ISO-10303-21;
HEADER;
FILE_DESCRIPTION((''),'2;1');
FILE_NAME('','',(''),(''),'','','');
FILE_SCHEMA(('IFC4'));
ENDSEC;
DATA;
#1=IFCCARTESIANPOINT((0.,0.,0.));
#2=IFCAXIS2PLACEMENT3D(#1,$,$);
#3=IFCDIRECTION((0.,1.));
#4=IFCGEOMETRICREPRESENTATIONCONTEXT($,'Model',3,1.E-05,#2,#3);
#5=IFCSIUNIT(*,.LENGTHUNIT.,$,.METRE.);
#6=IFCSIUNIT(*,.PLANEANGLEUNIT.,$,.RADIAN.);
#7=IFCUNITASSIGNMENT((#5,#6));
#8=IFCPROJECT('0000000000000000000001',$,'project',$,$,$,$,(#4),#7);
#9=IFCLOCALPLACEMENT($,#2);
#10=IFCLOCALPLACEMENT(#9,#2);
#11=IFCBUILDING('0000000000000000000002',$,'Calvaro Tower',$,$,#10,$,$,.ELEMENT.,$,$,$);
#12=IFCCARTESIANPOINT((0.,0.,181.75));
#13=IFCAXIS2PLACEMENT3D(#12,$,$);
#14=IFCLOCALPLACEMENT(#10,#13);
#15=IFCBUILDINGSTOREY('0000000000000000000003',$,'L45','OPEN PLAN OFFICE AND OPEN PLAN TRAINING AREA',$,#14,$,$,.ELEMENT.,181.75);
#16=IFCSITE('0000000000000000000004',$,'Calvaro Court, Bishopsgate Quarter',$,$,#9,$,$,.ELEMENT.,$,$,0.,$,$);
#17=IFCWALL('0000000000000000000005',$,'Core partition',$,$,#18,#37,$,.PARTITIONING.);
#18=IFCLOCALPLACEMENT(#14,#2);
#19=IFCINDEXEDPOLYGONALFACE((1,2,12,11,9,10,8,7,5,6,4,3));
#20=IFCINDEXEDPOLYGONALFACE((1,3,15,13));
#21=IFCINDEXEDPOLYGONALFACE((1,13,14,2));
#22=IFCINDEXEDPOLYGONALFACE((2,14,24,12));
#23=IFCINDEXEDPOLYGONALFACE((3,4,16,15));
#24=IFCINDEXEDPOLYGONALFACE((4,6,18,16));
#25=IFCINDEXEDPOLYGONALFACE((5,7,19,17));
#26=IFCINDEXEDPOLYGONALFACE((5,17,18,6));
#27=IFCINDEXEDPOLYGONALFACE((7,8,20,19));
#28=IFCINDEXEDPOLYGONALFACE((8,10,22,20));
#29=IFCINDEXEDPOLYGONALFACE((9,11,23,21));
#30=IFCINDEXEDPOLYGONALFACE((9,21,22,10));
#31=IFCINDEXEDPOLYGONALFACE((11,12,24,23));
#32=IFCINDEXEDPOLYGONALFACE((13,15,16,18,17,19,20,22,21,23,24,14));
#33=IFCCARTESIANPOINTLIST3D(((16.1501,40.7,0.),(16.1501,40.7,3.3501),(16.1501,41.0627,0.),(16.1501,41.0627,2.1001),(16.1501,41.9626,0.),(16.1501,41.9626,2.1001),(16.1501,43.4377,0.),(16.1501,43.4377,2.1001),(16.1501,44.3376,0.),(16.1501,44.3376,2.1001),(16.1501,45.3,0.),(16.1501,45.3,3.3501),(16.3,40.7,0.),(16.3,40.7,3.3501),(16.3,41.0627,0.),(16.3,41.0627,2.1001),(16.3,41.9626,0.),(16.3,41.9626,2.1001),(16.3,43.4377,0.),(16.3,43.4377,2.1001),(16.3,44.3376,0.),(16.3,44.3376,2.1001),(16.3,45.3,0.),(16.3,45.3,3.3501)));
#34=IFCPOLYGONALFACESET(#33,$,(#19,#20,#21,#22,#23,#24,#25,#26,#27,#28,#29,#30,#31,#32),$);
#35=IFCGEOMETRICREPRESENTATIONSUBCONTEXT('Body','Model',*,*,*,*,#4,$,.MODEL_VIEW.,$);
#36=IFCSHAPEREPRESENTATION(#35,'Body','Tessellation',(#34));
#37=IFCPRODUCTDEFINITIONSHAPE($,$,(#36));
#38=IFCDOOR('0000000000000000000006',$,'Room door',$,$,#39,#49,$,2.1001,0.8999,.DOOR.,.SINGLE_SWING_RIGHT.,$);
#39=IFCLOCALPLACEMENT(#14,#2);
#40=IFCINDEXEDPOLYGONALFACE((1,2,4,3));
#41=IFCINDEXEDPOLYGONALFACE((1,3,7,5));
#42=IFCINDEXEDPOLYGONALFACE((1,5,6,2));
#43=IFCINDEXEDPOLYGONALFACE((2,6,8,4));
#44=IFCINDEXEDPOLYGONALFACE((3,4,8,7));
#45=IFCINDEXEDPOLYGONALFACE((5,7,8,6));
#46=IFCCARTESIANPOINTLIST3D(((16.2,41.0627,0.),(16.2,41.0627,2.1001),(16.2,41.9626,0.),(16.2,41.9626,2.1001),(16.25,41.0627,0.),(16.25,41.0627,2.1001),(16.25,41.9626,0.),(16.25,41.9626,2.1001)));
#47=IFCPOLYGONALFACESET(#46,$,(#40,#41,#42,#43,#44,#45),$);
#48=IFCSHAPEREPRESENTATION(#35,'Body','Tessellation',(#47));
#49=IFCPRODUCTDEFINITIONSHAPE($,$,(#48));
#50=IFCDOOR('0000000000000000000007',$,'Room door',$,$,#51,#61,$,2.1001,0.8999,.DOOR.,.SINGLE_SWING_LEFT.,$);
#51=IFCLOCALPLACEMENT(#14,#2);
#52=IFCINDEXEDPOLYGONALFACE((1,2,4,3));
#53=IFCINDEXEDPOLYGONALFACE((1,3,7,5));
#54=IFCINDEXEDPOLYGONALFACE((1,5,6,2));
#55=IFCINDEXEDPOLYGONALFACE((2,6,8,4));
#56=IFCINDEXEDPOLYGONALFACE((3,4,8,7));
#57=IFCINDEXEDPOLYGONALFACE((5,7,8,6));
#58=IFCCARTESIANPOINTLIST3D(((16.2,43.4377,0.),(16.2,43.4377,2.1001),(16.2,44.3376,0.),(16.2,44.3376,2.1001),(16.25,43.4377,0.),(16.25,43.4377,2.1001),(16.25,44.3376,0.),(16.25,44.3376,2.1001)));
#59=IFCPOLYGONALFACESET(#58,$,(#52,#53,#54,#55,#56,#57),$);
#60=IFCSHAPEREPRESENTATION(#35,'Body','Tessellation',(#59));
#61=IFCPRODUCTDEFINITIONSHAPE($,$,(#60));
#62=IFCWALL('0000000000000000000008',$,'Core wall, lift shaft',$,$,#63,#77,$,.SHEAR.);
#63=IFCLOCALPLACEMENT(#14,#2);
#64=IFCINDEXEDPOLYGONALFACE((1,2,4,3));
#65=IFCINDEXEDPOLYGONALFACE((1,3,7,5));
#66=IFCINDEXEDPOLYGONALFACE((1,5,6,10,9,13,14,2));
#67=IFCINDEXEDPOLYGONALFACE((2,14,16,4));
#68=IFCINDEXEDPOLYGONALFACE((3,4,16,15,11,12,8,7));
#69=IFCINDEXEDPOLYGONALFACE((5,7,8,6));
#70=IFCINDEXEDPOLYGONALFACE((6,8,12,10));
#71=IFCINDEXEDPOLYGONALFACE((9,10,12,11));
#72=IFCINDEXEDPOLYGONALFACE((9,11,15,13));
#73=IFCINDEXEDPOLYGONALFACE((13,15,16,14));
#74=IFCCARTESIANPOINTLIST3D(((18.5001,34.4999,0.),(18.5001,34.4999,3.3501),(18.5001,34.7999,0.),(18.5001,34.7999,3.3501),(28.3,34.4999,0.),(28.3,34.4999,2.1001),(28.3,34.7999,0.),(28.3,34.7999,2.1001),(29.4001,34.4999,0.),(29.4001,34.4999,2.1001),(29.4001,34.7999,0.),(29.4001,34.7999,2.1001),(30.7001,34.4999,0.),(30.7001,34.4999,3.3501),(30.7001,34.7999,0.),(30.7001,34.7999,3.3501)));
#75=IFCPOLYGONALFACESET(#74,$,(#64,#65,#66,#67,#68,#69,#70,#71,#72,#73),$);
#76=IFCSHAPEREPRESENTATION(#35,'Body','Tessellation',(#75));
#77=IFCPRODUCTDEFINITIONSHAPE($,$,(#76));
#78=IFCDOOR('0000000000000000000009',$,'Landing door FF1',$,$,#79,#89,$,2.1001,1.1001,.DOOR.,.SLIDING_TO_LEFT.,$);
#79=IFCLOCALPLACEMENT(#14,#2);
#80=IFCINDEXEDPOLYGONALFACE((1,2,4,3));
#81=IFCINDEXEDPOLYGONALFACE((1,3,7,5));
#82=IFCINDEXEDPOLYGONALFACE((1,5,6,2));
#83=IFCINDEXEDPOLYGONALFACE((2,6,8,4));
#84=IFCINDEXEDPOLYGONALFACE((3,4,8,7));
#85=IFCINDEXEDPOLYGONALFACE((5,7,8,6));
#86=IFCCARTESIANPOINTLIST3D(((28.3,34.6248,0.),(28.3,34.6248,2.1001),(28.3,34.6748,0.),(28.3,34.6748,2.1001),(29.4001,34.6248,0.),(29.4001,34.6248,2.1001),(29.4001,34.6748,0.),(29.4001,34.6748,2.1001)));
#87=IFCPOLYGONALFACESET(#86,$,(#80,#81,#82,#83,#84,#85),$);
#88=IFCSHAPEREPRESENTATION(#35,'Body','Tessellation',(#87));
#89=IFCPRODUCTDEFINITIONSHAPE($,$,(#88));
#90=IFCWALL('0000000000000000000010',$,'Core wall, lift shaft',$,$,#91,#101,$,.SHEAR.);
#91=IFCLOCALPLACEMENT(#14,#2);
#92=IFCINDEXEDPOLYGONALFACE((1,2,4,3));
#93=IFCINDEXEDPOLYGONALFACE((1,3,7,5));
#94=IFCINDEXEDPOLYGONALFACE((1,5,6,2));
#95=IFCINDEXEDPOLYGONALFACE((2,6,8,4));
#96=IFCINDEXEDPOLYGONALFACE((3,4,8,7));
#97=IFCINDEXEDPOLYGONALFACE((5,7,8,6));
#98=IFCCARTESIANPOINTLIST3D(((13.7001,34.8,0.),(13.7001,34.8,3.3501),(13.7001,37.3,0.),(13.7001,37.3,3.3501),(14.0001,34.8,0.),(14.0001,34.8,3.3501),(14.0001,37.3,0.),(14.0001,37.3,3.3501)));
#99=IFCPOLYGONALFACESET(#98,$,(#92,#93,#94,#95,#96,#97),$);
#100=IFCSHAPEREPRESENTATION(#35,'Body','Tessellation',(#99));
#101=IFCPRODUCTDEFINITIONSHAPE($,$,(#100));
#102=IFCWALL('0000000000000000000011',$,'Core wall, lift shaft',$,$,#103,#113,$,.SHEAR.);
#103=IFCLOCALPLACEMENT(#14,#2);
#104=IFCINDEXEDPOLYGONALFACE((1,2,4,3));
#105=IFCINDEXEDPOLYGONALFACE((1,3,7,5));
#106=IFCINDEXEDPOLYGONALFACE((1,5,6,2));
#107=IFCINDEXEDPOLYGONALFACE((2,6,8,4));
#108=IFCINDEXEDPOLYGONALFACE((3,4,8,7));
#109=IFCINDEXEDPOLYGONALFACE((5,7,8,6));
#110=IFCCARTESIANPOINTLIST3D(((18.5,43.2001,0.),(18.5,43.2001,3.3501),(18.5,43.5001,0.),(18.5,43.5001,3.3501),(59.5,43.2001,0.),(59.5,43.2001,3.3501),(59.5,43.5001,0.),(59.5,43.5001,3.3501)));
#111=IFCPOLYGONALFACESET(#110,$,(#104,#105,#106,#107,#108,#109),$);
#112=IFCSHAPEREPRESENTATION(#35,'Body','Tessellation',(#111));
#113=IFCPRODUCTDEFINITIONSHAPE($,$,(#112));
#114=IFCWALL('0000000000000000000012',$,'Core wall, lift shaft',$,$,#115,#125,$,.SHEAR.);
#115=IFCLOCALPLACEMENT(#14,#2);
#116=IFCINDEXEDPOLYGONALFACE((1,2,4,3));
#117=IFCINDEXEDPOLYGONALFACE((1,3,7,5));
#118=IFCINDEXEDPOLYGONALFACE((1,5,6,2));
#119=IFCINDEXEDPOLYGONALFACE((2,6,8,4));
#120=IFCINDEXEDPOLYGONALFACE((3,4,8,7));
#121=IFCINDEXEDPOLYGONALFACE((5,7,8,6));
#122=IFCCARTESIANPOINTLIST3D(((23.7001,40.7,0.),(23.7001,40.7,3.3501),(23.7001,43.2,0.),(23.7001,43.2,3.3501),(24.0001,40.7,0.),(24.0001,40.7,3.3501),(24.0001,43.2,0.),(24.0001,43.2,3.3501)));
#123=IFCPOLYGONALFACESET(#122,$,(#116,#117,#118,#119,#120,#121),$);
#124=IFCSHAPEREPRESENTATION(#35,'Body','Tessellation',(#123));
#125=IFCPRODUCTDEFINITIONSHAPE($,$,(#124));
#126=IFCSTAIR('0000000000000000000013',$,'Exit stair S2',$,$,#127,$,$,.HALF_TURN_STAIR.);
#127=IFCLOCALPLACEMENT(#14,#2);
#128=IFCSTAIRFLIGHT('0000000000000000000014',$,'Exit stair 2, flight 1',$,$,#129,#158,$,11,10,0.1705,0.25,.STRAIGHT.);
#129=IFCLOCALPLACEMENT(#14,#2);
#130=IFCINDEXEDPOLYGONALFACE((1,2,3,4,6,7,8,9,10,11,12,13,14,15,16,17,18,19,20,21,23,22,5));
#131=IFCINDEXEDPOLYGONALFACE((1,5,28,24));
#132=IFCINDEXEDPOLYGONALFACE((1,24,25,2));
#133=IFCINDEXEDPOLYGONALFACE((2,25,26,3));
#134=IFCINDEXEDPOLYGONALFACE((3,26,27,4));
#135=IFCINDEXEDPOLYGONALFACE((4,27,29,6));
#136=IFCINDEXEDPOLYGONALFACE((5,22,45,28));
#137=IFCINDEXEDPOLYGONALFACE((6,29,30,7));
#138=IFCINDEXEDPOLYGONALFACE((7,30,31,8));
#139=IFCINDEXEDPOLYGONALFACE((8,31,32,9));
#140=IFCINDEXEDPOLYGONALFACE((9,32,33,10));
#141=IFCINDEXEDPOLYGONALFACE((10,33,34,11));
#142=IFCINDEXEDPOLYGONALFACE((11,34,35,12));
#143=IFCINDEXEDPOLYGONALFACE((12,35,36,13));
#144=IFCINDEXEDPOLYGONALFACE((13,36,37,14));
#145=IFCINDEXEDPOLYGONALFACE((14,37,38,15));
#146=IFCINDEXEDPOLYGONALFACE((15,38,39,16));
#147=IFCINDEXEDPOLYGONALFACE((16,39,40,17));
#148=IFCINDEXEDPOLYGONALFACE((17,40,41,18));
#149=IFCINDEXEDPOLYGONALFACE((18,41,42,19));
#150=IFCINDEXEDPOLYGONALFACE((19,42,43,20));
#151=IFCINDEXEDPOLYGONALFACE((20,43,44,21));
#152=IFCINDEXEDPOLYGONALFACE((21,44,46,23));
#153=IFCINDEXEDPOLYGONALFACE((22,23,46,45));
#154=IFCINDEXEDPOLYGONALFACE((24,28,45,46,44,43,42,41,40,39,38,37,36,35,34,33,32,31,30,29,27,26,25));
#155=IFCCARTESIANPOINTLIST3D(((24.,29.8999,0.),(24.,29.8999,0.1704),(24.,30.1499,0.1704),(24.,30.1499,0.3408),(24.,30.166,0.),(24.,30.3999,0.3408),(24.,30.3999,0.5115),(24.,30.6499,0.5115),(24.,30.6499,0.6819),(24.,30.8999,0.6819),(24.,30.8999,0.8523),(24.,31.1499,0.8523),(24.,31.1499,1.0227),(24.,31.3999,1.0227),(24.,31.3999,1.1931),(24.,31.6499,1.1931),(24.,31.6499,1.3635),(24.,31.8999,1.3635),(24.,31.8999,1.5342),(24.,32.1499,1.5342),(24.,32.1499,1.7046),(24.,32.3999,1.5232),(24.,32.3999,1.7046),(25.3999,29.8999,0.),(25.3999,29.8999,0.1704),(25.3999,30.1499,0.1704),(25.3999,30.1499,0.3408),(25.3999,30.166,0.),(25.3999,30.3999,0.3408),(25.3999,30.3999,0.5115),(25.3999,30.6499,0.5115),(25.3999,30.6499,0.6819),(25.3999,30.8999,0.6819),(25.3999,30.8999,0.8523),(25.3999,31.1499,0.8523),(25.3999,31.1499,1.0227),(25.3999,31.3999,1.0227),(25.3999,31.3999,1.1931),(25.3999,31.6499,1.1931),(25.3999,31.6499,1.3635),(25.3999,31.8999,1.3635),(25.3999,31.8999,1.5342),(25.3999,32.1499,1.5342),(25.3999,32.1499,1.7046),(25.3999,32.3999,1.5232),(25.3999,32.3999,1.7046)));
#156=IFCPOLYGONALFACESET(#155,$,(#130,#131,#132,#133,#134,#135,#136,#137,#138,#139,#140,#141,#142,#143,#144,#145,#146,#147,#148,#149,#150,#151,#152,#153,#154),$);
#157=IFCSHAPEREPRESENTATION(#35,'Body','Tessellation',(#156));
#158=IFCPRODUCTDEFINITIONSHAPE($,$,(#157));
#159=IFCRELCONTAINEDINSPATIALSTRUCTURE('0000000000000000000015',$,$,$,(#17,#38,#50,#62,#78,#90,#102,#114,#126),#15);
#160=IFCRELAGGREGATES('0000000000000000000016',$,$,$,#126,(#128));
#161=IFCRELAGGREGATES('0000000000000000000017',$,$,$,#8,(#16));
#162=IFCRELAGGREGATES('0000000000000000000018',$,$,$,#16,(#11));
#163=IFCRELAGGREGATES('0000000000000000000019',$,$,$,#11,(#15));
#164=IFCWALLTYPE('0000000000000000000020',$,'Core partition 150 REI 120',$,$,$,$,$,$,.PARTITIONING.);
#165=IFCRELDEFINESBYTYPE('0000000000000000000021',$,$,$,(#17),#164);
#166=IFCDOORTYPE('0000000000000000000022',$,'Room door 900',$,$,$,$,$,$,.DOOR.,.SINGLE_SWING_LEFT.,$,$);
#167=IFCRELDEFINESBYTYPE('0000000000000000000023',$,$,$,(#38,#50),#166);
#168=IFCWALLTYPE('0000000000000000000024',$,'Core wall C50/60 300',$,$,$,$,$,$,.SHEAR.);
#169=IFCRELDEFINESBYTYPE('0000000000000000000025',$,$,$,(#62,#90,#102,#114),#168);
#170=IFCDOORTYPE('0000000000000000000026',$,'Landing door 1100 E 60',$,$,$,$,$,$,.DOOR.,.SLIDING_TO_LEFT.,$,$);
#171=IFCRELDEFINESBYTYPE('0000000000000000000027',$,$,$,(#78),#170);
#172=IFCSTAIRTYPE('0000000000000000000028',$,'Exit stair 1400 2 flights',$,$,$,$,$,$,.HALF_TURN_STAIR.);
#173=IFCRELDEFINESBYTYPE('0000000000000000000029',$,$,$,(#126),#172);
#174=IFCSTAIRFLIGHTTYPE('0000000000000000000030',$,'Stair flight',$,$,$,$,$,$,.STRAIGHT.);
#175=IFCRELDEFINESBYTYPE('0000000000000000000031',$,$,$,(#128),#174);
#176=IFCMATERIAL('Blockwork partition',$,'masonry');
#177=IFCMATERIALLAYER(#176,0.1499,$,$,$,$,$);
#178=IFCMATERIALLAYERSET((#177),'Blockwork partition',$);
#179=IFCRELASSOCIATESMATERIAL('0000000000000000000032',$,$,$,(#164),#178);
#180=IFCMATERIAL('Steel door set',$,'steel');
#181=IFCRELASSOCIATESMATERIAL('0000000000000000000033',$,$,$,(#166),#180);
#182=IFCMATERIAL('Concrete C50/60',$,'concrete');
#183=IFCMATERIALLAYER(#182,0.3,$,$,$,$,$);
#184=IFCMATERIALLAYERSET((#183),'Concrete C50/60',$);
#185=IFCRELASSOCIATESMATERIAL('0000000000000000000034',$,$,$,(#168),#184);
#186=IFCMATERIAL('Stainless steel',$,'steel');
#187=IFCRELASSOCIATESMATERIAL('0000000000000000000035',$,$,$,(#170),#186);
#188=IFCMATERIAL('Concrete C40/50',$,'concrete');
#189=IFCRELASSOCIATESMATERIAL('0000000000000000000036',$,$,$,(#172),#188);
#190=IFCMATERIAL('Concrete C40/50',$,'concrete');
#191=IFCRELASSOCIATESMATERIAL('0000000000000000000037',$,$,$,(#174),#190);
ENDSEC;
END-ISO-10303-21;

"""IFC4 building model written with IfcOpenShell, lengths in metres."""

from ifc_helpers import new_model, si_unit, direction, frame, frame_2d, origin, place, context, subcontext, project, spatial, polyline, rectangle, outline, extrude, material, layer, layer_set, type_object, element, fill, aggregate, save


model = new_model("IFC4")

# Units and contexts
model_context = context("Model", 3, precision=1e-05, world=origin(), true_north=direction((0.0, 1.0)))
body_context = subcontext(model_context, "Body", "Model", "MODEL_VIEW")
ifc_project = project(units=[si_unit("LENGTHUNIT", "METRE"), si_unit("PLANEANGLEUNIT", "RADIAN")], contexts=[model_context])

# Site, building, storey
site_placement = place(None, origin())
site = spatial("IfcSite", under=ifc_project, at=site_placement, Name="Calvaro Court, Bishopsgate Quarter", CompositionType="ELEMENT", RefElevation=0.0)
building_placement = place(site_placement, origin())
building = spatial("IfcBuilding", under=site, at=building_placement, Name="Calvaro Tower", CompositionType="ELEMENT")
storey_placement = place(building_placement, frame((0.0, 0.0, 181.75)))
storey = spatial("IfcBuildingStorey", under=building, at=storey_placement, Name="L45", Description="OPEN PLAN OFFICE AND OPEN PLAN TRAINING AREA", CompositionType="ELEMENT", Elevation=181.75)

# Wall, openings, doors
ifc_material_1 = material(Name="Blockwork partition", Category="masonry")
ifc_layer_1 = layer(ifc_material_1, 0.1499)
ifc_layer_set_1 = layer_set([ifc_layer_1], Name="Blockwork partition")
wall_type_1 = type_object("IfcWallType", Name="Core partition 150 REI 120", PredefinedType="PARTITIONING", material=ifc_layer_set_1)
wall_1_placement = place(storey_placement, frame((16.2251, 45.3, 0.0), z_axis=(0.0, 0.0, 1.0), x_axis=(0.0, -1.0, 0.0)))
wall_1 = element("IfcWall", 1, at=wall_1_placement, inside=storey, type_object=wall_type_1, Name="Core partition", PredefinedType="PARTITIONING", context=body_context, shape_type="SweptSolid", body=[
    extrude(rectangle(XDim=4.6001, YDim=0.1499, at=frame_2d((2.3, 0.0))), origin(), (0.0, 0.0, 1.0), 3.3501),
])
opening_1_placement = place(wall_1_placement, frame((3.3374, 0.0, 0.0)))
opening_1 = element("IfcOpeningElement", 2, at=opening_1_placement, cuts=wall_1, PredefinedType="OPENING", context=body_context, shape_type="SweptSolid", body=[
    extrude(rectangle(XDim=0.8999, YDim=2.1001, at=frame_2d((0.45, 1.05))), frame((0.0, 0.085, 0.0), z_axis=(0.0, -1.0, 0.0), x_axis=(1.0, 0.0, 0.0)), (0.0, 0.0, 1.0), 0.1699),
])
opening_2_placement = place(wall_1_placement, frame((0.9624, 0.0, 0.0)))
opening_2 = element("IfcOpeningElement", 3, at=opening_2_placement, cuts=wall_1, PredefinedType="OPENING", context=body_context, shape_type="SweptSolid", body=[
    extrude(rectangle(XDim=0.8999, YDim=2.1001, at=frame_2d((0.45, 1.05))), frame((0.0, 0.085, 0.0), z_axis=(0.0, -1.0, 0.0), x_axis=(1.0, 0.0, 0.0)), (0.0, 0.0, 1.0), 0.1699),
])
ifc_material_2 = material(Name="Steel door set", Category="steel")
door_type_1 = type_object("IfcDoorType", Name="Room door 900", OperationType="SINGLE_SWING_LEFT", PredefinedType="DOOR", material=ifc_material_2)
door_1_placement = place(opening_1_placement, origin())
door_1 = element("IfcDoor", 4, at=door_1_placement, inside=storey, type_object=door_type_1, Name="Room door", OperationType="SINGLE_SWING_RIGHT", OverallHeight=2.1001, OverallWidth=0.8999, PredefinedType="DOOR", context=body_context, shape_type="SweptSolid", body=[
    extrude(rectangle(XDim=0.8999, YDim=2.1001, at=frame_2d((0.45, 1.05))), frame((0.0, 0.0249, 0.0), z_axis=(0.0, -1.0, 0.0), x_axis=(1.0, 0.0, 0.0)), (0.0, 0.0, 1.0), 0.05),
])
fill(opening_1, door_1)
door_2_placement = place(opening_2_placement, origin())
door_2 = element("IfcDoor", 5, at=door_2_placement, inside=storey, type_object=door_type_1, Name="Room door", OperationType="SINGLE_SWING_LEFT", OverallHeight=2.1001, OverallWidth=0.8999, PredefinedType="DOOR", context=body_context, shape_type="SweptSolid", body=[
    extrude(rectangle(XDim=0.8999, YDim=2.1001, at=frame_2d((0.45, 1.05))), frame((0.0, 0.0249, 0.0), z_axis=(0.0, -1.0, 0.0), x_axis=(1.0, 0.0, 0.0)), (0.0, 0.0, 1.0), 0.05),
])
fill(opening_2, door_2)

# Wall, opening, door
ifc_material_3 = material(Name="Concrete C50/60", Category="concrete")
ifc_layer_2 = layer(ifc_material_3, 0.3)
ifc_layer_set_2 = layer_set([ifc_layer_2], Name="Concrete C50/60")
wall_type_2 = type_object("IfcWallType", Name="Core wall C50/60 300", PredefinedType="SHEAR", material=ifc_layer_set_2)
wall_2_placement = place(storey_placement, frame((18.5, 34.6499, 0.0), z_axis=(0.0, 0.0, 1.0), x_axis=(1.0, 0.0, 0.0)))
wall_2 = element("IfcWall", 6, at=wall_2_placement, inside=storey, type_object=wall_type_2, Name="Core wall, lift shaft", PredefinedType="SHEAR", context=body_context, shape_type="SweptSolid", body=[
    extrude(rectangle(XDim=12.2, YDim=0.3, at=frame_2d((6.1001, 0.0))), origin(), (0.0, 0.0, 1.0), 3.3501),
])
opening_3_placement = place(wall_2_placement, frame((9.8, 0.0, 0.0)))
opening_3 = element("IfcOpeningElement", 7, at=opening_3_placement, cuts=wall_2, PredefinedType="OPENING", context=body_context, shape_type="SweptSolid", body=[
    extrude(rectangle(XDim=1.1001, YDim=2.1001, at=frame_2d((0.55, 1.05))), frame((0.0, 0.1599, 0.0), z_axis=(0.0, -1.0, 0.0), x_axis=(1.0, 0.0, 0.0)), (0.0, 0.0, 1.0), 0.3201),
])
ifc_material_4 = material(Name="Stainless steel", Category="steel")
door_type_2 = type_object("IfcDoorType", Name="Landing door 1100 E 60", OperationType="SLIDING_TO_LEFT", PredefinedType="DOOR", material=ifc_material_4)
door_3_placement = place(opening_3_placement, origin())
door_3 = element("IfcDoor", 8, at=door_3_placement, inside=storey, type_object=door_type_2, Name="Landing door FF1", OperationType="SLIDING_TO_LEFT", OverallHeight=2.1001, OverallWidth=1.1001, PredefinedType="DOOR", context=body_context, shape_type="SweptSolid", body=[
    extrude(rectangle(XDim=1.1001, YDim=2.1001, at=frame_2d((0.55, 1.05))), frame((0.0, 0.0249, 0.0), z_axis=(0.0, -1.0, 0.0), x_axis=(1.0, 0.0, 0.0)), (0.0, 0.0, 1.0), 0.05),
])
fill(opening_3, door_3)

# Wall
wall_3_placement = place(storey_placement, frame((13.8501, 34.8, 0.0), z_axis=(0.0, 0.0, 1.0), x_axis=(0.0, 1.0, 0.0)))
element("IfcWall", 9, at=wall_3_placement, inside=storey, type_object=wall_type_2, Name="Core wall, lift shaft", PredefinedType="SHEAR", context=body_context, shape_type="SweptSolid", body=[
    extrude(rectangle(XDim=2.5, YDim=0.3, at=frame_2d((1.25, 0.0))), origin(), (0.0, 0.0, 1.0), 3.3501),
])

# Walls
wall_4_placement = place(storey_placement, frame((18.5, 43.3501, 0.0), z_axis=(0.0, 0.0, 1.0), x_axis=(1.0, 0.0, 0.0)))
element("IfcWall", 10, at=wall_4_placement, inside=storey, type_object=wall_type_2, Name="Core wall, lift shaft", PredefinedType="SHEAR", context=body_context, shape_type="SweptSolid", body=[
    extrude(rectangle(XDim=41.0, YDim=0.3, at=frame_2d((20.5, 0.0))), origin(), (0.0, 0.0, 1.0), 3.3501),
])
wall_5_placement = place(storey_placement, frame((23.8501, 40.7, 0.0), z_axis=(0.0, 0.0, 1.0), x_axis=(0.0, 1.0, 0.0)))
element("IfcWall", 11, at=wall_5_placement, inside=storey, type_object=wall_type_2, Name="Core wall, lift shaft", PredefinedType="SHEAR", context=body_context, shape_type="SweptSolid", body=[
    extrude(rectangle(XDim=2.5, YDim=0.3, at=frame_2d((1.25, 0.0))), origin(), (0.0, 0.0, 1.0), 3.3501),
])

# Stair, stair flight
ifc_material_5 = material(Name="Concrete C40/50", Category="concrete")
stair_type = type_object("IfcStairType", Name="Exit stair 1400 2 flights", PredefinedType="HALF_TURN_STAIR", material=ifc_material_5)
stair_1_placement = place(storey_placement, origin())
stair_1 = element("IfcStair", 12, at=stair_1_placement, inside=storey, type_object=stair_type, Name="Exit stair S2", PredefinedType="HALF_TURN_STAIR")
ifc_material_6 = material(Name="Concrete C40/50", Category="concrete")
stair_flight_type = type_object("IfcStairFlightType", Name="Stair flight", PredefinedType="STRAIGHT", material=ifc_material_6)
stair_flight_placement = place(storey_placement, frame((24.7, 29.8999, 0.0), z_axis=(0.0, 0.0, 1.0), x_axis=(0.0, 1.0, 0.0)))
stair_flight = element("IfcStairFlight", 13, at=stair_flight_placement, type_object=stair_flight_type, Name="Exit stair 2, flight 1", NumberOfRisers=11, NumberOfTreads=10, PredefinedType="STRAIGHT", RiserHeight=0.1705, TreadLength=0.25, context=body_context, shape_type="SweptSolid", body=[
    extrude(outline(polyline([(0.0, 0.0), (0.0, 0.1704), (0.25, 0.1704), (0.25, 0.3408), (0.5, 0.3408), (0.5, 0.5115), (0.75, 0.5115), (0.75, 0.6819), (1.0, 0.6819), (1.0, 0.8523), (1.25, 0.8523), (1.25, 1.0227), (1.5, 1.0227), (1.5, 1.1931), (1.75, 1.1931), (1.75, 1.3635), (2.0, 1.3635), (2.0, 1.5342), (2.25, 1.5342), (2.25, 1.7046), (2.5, 1.7046), (2.5, 1.875), (2.5, 1.5232), (0.2661, 0.0), (0.0, 0.0)])), frame((0.0, 0.7, 0.0), z_axis=(0.0, -1.0, 0.0), x_axis=(1.0, 0.0, 0.0)), (0.0, 0.0, 1.0), 1.3999),
])

aggregate(stair_1, [stair_flight])

save(model, "model.ifc")
